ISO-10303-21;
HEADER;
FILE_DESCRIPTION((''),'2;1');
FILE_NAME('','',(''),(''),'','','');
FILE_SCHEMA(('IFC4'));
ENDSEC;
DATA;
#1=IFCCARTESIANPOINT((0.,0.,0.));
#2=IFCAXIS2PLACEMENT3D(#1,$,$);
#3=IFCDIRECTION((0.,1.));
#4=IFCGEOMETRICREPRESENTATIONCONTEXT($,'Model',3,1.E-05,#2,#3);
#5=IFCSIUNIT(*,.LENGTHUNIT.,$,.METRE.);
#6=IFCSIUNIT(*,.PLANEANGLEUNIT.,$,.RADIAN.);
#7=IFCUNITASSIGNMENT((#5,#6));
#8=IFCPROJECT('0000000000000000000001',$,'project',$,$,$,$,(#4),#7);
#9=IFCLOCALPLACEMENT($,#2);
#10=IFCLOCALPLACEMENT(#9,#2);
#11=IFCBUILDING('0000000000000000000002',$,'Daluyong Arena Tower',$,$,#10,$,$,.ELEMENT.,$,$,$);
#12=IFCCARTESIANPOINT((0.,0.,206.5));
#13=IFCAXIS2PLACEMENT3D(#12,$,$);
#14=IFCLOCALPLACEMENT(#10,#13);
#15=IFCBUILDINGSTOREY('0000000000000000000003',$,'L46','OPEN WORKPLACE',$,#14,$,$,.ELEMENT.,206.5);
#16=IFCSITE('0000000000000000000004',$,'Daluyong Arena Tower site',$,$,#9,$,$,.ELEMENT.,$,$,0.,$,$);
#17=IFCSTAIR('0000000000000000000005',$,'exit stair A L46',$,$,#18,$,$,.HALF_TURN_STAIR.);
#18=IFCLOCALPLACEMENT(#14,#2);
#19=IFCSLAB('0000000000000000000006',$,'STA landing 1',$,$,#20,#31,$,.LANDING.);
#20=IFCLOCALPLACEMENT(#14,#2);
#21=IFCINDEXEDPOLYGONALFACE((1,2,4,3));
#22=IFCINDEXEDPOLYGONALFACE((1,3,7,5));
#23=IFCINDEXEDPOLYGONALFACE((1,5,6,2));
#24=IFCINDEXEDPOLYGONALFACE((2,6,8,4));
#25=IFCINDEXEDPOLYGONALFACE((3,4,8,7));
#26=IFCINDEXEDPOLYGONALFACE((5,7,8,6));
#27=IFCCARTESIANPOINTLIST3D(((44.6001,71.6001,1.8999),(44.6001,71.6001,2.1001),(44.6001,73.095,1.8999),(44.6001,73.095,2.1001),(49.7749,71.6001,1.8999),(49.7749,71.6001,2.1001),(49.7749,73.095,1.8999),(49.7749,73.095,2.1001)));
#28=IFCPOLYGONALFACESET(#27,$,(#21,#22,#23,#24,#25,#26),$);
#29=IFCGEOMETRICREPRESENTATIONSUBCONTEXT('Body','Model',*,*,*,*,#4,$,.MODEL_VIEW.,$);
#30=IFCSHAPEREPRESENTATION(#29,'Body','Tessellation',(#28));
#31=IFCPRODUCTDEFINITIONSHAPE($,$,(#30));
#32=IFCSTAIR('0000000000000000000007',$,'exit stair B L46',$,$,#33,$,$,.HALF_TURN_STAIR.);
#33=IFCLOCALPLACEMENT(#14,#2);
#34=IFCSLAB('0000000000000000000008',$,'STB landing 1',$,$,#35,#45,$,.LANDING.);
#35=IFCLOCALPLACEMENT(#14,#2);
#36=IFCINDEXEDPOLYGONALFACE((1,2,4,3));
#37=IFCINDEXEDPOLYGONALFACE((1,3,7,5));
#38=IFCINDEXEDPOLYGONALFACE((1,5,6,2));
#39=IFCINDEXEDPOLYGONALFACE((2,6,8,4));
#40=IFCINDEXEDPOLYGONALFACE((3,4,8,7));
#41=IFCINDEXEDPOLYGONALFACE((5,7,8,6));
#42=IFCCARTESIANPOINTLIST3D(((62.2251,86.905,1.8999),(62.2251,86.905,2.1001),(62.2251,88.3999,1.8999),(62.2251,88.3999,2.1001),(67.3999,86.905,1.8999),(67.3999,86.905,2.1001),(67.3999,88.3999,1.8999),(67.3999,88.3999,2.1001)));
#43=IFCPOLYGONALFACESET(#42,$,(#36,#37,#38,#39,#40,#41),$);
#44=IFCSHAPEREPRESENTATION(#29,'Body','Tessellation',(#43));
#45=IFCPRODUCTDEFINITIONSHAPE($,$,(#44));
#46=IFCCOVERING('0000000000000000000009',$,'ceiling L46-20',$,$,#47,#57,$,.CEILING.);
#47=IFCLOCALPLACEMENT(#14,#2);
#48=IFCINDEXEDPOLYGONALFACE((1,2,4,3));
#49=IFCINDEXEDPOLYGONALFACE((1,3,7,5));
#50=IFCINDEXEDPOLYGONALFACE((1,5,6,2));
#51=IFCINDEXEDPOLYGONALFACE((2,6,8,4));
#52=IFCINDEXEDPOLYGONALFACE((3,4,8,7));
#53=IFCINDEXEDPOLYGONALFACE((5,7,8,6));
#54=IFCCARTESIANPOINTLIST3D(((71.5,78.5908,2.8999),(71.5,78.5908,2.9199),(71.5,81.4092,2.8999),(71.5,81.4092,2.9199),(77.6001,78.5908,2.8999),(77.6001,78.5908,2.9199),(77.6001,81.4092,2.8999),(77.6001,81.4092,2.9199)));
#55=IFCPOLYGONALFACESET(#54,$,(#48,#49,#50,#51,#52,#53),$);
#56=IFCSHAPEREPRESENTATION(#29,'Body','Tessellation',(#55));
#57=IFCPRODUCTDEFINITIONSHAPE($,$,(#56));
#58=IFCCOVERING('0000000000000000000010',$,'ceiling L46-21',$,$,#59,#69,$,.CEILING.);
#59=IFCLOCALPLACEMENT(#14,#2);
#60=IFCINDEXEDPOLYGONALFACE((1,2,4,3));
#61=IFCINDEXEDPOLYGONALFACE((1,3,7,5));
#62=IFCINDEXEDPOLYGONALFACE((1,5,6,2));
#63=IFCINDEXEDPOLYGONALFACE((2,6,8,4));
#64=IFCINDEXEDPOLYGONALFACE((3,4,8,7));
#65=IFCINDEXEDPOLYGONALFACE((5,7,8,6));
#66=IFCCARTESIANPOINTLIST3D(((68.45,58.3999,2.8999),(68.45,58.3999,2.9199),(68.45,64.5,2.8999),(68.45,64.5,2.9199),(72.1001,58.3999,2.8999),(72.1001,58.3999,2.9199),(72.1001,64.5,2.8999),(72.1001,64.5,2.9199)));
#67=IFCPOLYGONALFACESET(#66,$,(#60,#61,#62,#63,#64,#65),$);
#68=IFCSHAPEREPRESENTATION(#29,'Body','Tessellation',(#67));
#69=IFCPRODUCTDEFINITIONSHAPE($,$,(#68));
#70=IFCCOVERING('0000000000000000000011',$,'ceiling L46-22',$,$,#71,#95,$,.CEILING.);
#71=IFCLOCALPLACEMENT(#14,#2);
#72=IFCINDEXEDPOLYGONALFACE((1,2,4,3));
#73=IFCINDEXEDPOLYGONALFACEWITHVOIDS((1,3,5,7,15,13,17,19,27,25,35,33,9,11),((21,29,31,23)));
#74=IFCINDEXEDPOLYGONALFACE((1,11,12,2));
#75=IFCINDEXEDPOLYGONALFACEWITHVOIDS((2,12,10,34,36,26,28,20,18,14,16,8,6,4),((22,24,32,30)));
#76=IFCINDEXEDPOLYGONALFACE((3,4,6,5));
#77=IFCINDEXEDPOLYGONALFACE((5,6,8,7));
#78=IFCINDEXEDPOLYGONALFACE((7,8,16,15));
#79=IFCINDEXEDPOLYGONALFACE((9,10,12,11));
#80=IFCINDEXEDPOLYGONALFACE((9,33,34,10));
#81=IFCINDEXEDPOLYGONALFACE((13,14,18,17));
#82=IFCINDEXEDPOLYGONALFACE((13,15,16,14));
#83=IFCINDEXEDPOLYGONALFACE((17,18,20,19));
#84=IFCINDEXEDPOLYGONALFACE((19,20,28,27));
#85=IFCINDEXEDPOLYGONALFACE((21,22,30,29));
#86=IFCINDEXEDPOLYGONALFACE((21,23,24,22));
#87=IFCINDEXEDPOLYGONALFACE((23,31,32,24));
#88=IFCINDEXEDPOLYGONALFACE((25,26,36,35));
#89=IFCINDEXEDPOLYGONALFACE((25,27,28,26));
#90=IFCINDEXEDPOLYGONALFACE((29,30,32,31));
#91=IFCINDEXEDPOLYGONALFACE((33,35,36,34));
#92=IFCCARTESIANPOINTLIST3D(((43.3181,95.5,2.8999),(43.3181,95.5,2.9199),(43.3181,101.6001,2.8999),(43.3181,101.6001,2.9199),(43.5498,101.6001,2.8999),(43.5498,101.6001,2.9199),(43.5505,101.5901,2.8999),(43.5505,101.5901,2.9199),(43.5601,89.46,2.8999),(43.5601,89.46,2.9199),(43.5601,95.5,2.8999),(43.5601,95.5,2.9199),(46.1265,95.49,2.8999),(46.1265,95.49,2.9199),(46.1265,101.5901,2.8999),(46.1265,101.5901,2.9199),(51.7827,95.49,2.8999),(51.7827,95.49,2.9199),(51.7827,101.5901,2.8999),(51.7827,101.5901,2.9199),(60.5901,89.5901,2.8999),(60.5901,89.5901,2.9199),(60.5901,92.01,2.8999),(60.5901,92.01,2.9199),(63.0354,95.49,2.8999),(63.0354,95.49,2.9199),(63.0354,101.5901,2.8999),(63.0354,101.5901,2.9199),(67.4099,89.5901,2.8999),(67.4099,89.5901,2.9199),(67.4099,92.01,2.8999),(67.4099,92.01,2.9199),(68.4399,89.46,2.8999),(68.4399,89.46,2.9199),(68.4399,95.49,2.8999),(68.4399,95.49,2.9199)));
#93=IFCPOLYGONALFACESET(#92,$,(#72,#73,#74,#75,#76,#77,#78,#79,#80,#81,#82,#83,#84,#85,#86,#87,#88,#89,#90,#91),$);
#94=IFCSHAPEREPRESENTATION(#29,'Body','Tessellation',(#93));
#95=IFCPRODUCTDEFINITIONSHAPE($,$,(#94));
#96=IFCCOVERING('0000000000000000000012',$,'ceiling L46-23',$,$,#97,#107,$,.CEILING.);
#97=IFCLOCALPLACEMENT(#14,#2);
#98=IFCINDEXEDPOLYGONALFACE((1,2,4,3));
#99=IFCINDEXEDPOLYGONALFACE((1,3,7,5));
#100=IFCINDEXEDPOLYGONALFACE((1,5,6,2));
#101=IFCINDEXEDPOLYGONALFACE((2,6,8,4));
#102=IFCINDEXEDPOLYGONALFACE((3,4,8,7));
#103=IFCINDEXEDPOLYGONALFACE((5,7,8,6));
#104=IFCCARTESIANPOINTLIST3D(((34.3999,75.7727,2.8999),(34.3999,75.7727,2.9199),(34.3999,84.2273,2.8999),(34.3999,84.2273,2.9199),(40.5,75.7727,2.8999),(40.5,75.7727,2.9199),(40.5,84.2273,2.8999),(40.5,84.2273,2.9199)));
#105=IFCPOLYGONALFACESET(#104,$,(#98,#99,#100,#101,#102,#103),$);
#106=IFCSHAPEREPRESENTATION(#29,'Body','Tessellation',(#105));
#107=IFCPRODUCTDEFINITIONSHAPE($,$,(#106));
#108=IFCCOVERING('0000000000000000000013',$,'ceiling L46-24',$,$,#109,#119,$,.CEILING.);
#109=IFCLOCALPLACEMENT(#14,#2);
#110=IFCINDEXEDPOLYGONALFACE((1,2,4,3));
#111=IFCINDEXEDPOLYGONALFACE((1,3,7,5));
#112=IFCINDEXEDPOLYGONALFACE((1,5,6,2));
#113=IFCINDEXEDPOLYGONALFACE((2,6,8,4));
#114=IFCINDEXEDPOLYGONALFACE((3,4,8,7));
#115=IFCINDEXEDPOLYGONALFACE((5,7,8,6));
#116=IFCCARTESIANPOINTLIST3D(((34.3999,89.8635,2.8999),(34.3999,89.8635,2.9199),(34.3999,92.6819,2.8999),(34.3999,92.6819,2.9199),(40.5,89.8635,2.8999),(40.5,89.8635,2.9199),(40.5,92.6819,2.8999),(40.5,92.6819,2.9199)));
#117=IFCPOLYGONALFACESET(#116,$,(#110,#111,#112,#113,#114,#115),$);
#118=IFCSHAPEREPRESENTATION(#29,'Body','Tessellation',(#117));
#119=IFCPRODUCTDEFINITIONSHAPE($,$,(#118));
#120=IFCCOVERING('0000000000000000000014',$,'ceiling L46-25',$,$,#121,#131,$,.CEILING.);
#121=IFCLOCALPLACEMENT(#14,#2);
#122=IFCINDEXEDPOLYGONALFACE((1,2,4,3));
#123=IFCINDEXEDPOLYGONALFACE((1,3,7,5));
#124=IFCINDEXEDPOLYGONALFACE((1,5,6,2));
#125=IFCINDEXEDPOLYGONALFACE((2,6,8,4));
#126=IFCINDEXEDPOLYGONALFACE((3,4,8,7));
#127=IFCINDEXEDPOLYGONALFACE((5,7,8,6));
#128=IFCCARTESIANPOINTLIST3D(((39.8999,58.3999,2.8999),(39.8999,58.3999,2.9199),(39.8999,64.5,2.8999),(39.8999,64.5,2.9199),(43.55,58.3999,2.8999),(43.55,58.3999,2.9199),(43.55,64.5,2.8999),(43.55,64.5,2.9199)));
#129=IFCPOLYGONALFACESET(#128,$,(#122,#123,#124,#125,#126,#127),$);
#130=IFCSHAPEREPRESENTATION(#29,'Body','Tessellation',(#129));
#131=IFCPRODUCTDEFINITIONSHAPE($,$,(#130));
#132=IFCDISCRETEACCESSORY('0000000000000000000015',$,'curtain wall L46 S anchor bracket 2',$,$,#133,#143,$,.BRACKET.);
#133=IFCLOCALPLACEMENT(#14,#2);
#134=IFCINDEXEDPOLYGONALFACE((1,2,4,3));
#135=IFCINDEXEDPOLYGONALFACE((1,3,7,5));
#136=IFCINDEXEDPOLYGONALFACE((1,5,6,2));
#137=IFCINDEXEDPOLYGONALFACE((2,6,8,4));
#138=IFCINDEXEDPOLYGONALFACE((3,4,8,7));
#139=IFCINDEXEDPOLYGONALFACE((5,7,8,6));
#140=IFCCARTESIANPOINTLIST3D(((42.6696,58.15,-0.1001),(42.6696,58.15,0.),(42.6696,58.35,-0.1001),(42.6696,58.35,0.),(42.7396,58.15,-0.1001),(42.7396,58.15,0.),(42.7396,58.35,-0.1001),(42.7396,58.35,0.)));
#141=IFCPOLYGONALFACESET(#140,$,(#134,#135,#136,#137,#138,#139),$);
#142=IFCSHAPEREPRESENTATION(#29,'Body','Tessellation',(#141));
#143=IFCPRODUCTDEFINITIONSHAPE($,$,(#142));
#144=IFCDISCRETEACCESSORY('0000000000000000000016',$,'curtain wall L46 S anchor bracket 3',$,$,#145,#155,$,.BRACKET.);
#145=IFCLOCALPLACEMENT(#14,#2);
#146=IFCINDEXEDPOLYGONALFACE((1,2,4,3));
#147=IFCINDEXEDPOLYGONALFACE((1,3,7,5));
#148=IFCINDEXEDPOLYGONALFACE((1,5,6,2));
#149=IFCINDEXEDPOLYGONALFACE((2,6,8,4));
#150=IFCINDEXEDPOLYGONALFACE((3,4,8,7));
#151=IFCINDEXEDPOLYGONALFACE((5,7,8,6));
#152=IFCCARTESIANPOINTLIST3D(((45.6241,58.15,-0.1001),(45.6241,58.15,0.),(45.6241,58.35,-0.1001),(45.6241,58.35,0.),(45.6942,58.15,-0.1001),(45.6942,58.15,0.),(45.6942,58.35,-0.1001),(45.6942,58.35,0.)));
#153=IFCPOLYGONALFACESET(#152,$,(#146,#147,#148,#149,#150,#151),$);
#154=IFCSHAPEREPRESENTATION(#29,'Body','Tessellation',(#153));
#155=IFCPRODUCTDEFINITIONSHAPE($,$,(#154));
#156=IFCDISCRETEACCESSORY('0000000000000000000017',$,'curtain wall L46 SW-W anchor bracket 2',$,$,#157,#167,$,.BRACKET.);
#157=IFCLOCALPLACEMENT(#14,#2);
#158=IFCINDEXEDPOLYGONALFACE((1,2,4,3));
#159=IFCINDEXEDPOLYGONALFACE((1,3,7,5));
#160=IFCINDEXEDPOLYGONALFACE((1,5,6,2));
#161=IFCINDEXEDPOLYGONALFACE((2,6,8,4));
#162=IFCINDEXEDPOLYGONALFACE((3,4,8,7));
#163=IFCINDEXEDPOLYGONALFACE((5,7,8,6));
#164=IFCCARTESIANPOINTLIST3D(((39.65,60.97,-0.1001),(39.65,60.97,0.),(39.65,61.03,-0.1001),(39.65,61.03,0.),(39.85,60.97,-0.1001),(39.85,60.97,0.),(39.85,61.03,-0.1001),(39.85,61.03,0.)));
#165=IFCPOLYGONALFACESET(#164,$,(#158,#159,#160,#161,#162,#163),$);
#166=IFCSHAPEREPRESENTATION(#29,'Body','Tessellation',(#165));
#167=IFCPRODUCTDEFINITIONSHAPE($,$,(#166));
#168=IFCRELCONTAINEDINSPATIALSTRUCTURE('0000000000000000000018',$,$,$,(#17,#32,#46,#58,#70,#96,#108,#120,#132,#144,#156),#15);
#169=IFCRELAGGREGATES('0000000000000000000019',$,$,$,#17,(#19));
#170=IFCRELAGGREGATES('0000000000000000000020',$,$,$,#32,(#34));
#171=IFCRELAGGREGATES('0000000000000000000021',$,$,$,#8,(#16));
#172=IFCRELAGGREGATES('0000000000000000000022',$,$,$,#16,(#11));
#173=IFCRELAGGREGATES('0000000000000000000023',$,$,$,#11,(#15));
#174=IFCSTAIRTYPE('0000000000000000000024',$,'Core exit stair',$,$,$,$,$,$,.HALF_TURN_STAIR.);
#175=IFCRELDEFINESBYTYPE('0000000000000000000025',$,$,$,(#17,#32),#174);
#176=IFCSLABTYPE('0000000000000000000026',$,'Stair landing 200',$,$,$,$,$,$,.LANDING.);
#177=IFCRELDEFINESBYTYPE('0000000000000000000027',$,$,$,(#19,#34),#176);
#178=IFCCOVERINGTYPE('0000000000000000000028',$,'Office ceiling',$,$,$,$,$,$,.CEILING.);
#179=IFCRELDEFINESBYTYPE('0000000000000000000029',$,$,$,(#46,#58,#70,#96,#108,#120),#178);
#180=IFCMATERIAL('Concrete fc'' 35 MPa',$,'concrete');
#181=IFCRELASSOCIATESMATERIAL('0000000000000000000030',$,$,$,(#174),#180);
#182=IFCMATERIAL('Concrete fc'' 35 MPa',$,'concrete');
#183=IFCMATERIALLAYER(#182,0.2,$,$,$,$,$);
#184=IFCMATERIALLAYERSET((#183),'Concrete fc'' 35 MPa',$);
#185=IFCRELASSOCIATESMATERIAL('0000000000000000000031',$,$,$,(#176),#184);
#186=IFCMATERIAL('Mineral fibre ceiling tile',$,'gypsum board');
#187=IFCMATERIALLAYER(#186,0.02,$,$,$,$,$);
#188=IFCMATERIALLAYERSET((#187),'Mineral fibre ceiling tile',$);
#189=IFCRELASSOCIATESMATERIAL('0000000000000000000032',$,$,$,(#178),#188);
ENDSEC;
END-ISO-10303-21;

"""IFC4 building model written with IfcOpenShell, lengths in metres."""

from ifc_helpers import new_model, si_unit, direction, frame, origin, origin_2d, place, context, subcontext, project, spatial, polyline, rectangle, outline, extrude, material, layer, layer_set, type_object, element, aggregate, save


model = new_model("IFC4")

# Units and contexts
model_context = context("Model", 3, precision=1e-05, world=origin(), true_north=direction((0.0, 1.0)))
body_context = subcontext(model_context, "Body", "Model", "MODEL_VIEW")
ifc_project = project(units=[si_unit("LENGTHUNIT", "METRE"), si_unit("PLANEANGLEUNIT", "RADIAN")], contexts=[model_context])

# Site, building, storey
site_placement = place(None, origin())
site = spatial("IfcSite", under=ifc_project, at=site_placement, Name="Daluyong Arena Tower site", CompositionType="ELEMENT", RefElevation=0.0)
building_placement = place(site_placement, origin())
building = spatial("IfcBuilding", under=site, at=building_placement, Name="Daluyong Arena Tower", CompositionType="ELEMENT")
storey_placement = place(building_placement, frame((0.0, 0.0, 206.5)))
storey = spatial("IfcBuildingStorey", under=building, at=storey_placement, Name="L46", Description="OPEN WORKPLACE", CompositionType="ELEMENT", Elevation=206.5)

# Stairs, slabs
ifc_material_1 = material(Name="Concrete fc' 35 MPa", Category="concrete")
stair_type = type_object("IfcStairType", Name="Core exit stair", PredefinedType="HALF_TURN_STAIR", material=ifc_material_1)
stair_1_placement = place(storey_placement, origin())
stair_1 = element("IfcStair", 1, at=stair_1_placement, inside=storey, type_object=stair_type, Name="exit stair A L46", PredefinedType="HALF_TURN_STAIR")
ifc_material_2 = material(Name="Concrete fc' 35 MPa", Category="concrete")
ifc_layer_1 = layer(ifc_material_2, 0.2)
ifc_layer_set_1 = layer_set([ifc_layer_1], Name="Concrete fc' 35 MPa")
slab_type = type_object("IfcSlabType", Name="Stair landing 200", PredefinedType="LANDING", material=ifc_layer_set_1)
slab_1_placement = place(storey_placement, frame((0.0, 0.0, 1.8999)))
slab_1 = element("IfcSlab", 2, at=slab_1_placement, type_object=slab_type, Name="STA landing 1", PredefinedType="LANDING", context=body_context, shape_type="SweptSolid", body=[
    extrude(outline(polyline([(44.6001, 71.6001), (49.7749, 71.6001), (49.7749, 73.095), (44.6001, 73.095), (44.6001, 71.6001)])), origin(), (0.0, 0.0, 1.0), 0.2002),
])
aggregate(stair_1, [slab_1])
stair_2_placement = place(storey_placement, origin())
stair_2 = element("IfcStair", 3, at=stair_2_placement, inside=storey, type_object=stair_type, Name="exit stair B L46", PredefinedType="HALF_TURN_STAIR")
slab_2_placement = place(storey_placement, frame((0.0, 0.0, 1.8999)))
slab_2 = element("IfcSlab", 4, at=slab_2_placement, type_object=slab_type, Name="STB landing 1", PredefinedType="LANDING", context=body_context, shape_type="SweptSolid", body=[
    extrude(outline(polyline([(62.2251, 86.905), (67.3999, 86.905), (67.3999, 88.3999), (62.2251, 88.3999), (62.2251, 86.905)])), origin(), (0.0, 0.0, 1.0), 0.2002),
])
aggregate(stair_2, [slab_2])

# Coverings
ifc_material_3 = material(Name="Mineral fibre ceiling tile", Category="gypsum board")
ifc_layer_2 = layer(ifc_material_3, 0.02)
ifc_layer_set_2 = layer_set([ifc_layer_2], Name="Mineral fibre ceiling tile")
covering_type = type_object("IfcCoveringType", Name="Office ceiling", PredefinedType="CEILING", material=ifc_layer_set_2)
covering_1_placement = place(storey_placement, frame((0.0, 0.0, 2.8999)))
element("IfcCovering", 5, at=covering_1_placement, inside=storey, type_object=covering_type, Name="ceiling L46-20", PredefinedType="CEILING", context=body_context, shape_type="SweptSolid", body=[
    extrude(outline(polyline([(71.5, 78.5908), (77.6001, 78.5908), (77.6001, 81.4092), (71.5, 81.4092), (71.5, 78.5908)])), origin(), (0.0, 0.0, 1.0), 0.02),
])
covering_2_placement = place(storey_placement, frame((0.0, 0.0, 2.8999)))
element("IfcCovering", 6, at=covering_2_placement, inside=storey, type_object=covering_type, Name="ceiling L46-21", PredefinedType="CEILING", context=body_context, shape_type="SweptSolid", body=[
    extrude(outline(polyline([(72.1001, 58.3999), (72.1001, 64.5), (68.45, 64.5), (68.45, 58.3999), (72.1001, 58.3999)])), origin(), (0.0, 0.0, 1.0), 0.02),
])
covering_3_placement = place(storey_placement, frame((0.0, 0.0, 2.8999)))
element("IfcCovering", 7, at=covering_3_placement, inside=storey, type_object=covering_type, Name="ceiling L46-22", PredefinedType="CEILING", context=body_context, shape_type="SweptSolid", body=[
    extrude(outline(polyline([(43.3181, 95.5), (43.5601, 95.5), (43.5601, 89.46), (68.4399, 89.46), (68.4399, 95.49), (63.0354, 95.49), (63.0354, 101.5901), (51.7827, 101.5901), (51.7827, 95.49), (46.1265, 95.49), (46.1265, 101.5901), (43.5505, 101.5901), (43.5498, 101.6001), (43.3181, 101.6001), (43.3181, 95.5)]), holes=[polyline([(67.4099, 92.01), (67.4099, 89.5901), (60.5901, 89.5901), (60.5901, 92.01), (67.4099, 92.01)])]), origin(), (0.0, 0.0, 1.0), 0.02),
])
covering_4_placement = place(storey_placement, frame((0.0, 0.0, 2.8999)))
element("IfcCovering", 8, at=covering_4_placement, inside=storey, type_object=covering_type, Name="ceiling L46-23", PredefinedType="CEILING", context=body_context, shape_type="SweptSolid", body=[
    extrude(outline(polyline([(34.3999, 84.2273), (34.3999, 75.7727), (40.5, 75.7727), (40.5, 84.2273), (34.3999, 84.2273)])), origin(), (0.0, 0.0, 1.0), 0.02),
])
covering_5_placement = place(storey_placement, frame((0.0, 0.0, 2.8999)))
element("IfcCovering", 9, at=covering_5_placement, inside=storey, type_object=covering_type, Name="ceiling L46-24", PredefinedType="CEILING", context=body_context, shape_type="SweptSolid", body=[
    extrude(outline(polyline([(40.5, 89.8635), (40.5, 92.6819), (34.3999, 92.6819), (34.3999, 89.8635), (40.5, 89.8635)])), origin(), (0.0, 0.0, 1.0), 0.02),
])
covering_6_placement = place(storey_placement, frame((0.0, 0.0, 2.8999)))
element("IfcCovering", 10, at=covering_6_placement, inside=storey, type_object=covering_type, Name="ceiling L46-25", PredefinedType="CEILING", context=body_context, shape_type="SweptSolid", body=[
    extrude(outline(polyline([(39.8999, 58.3999), (43.55, 58.3999), (43.55, 64.5), (39.8999, 64.5), (39.8999, 58.3999)])), origin(), (0.0, 0.0, 1.0), 0.02),
])

# Discrete accessories
for number, where, z_axis, x_axis, name in (
    (11, (42.7046, 58.25, -0.1001), (0.0, 0.0, 1.0), (1.0, 0.0, 0.0), "curtain wall L46 S anchor bracket 2"),
    (12, (45.6592, 58.25, -0.1001), (0.0, 0.0, 1.0), (1.0, 0.0, 0.0), "curtain wall L46 S anchor bracket 3"),
):
    element("IfcDiscreteAccessory", number, at=place(storey_placement, frame(where, z_axis=z_axis, x_axis=x_axis)), inside=storey, Name=name, PredefinedType="BRACKET", context=body_context, shape_type="SweptSolid", body=[
        extrude(rectangle(XDim=0.0701, YDim=0.2, at=origin_2d()), origin(), (0.0, 0.0, 1.0), 0.1001),
    ])
discrete_accessory_placement = place(storey_placement, frame((39.75, 61.0, -0.1001), z_axis=(0.0, 0.0, 1.0), x_axis=(0.0, -1.0, 0.0)))
element("IfcDiscreteAccessory", 13, at=discrete_accessory_placement, inside=storey, Name="curtain wall L46 SW-W anchor bracket 2", PredefinedType="BRACKET", context=body_context, shape_type="SweptSolid", body=[
    extrude(rectangle(XDim=0.0601, YDim=0.2, at=origin_2d()), origin(), (0.0, 0.0, 1.0), 0.1001),
])

save(model, "model.ifc")
